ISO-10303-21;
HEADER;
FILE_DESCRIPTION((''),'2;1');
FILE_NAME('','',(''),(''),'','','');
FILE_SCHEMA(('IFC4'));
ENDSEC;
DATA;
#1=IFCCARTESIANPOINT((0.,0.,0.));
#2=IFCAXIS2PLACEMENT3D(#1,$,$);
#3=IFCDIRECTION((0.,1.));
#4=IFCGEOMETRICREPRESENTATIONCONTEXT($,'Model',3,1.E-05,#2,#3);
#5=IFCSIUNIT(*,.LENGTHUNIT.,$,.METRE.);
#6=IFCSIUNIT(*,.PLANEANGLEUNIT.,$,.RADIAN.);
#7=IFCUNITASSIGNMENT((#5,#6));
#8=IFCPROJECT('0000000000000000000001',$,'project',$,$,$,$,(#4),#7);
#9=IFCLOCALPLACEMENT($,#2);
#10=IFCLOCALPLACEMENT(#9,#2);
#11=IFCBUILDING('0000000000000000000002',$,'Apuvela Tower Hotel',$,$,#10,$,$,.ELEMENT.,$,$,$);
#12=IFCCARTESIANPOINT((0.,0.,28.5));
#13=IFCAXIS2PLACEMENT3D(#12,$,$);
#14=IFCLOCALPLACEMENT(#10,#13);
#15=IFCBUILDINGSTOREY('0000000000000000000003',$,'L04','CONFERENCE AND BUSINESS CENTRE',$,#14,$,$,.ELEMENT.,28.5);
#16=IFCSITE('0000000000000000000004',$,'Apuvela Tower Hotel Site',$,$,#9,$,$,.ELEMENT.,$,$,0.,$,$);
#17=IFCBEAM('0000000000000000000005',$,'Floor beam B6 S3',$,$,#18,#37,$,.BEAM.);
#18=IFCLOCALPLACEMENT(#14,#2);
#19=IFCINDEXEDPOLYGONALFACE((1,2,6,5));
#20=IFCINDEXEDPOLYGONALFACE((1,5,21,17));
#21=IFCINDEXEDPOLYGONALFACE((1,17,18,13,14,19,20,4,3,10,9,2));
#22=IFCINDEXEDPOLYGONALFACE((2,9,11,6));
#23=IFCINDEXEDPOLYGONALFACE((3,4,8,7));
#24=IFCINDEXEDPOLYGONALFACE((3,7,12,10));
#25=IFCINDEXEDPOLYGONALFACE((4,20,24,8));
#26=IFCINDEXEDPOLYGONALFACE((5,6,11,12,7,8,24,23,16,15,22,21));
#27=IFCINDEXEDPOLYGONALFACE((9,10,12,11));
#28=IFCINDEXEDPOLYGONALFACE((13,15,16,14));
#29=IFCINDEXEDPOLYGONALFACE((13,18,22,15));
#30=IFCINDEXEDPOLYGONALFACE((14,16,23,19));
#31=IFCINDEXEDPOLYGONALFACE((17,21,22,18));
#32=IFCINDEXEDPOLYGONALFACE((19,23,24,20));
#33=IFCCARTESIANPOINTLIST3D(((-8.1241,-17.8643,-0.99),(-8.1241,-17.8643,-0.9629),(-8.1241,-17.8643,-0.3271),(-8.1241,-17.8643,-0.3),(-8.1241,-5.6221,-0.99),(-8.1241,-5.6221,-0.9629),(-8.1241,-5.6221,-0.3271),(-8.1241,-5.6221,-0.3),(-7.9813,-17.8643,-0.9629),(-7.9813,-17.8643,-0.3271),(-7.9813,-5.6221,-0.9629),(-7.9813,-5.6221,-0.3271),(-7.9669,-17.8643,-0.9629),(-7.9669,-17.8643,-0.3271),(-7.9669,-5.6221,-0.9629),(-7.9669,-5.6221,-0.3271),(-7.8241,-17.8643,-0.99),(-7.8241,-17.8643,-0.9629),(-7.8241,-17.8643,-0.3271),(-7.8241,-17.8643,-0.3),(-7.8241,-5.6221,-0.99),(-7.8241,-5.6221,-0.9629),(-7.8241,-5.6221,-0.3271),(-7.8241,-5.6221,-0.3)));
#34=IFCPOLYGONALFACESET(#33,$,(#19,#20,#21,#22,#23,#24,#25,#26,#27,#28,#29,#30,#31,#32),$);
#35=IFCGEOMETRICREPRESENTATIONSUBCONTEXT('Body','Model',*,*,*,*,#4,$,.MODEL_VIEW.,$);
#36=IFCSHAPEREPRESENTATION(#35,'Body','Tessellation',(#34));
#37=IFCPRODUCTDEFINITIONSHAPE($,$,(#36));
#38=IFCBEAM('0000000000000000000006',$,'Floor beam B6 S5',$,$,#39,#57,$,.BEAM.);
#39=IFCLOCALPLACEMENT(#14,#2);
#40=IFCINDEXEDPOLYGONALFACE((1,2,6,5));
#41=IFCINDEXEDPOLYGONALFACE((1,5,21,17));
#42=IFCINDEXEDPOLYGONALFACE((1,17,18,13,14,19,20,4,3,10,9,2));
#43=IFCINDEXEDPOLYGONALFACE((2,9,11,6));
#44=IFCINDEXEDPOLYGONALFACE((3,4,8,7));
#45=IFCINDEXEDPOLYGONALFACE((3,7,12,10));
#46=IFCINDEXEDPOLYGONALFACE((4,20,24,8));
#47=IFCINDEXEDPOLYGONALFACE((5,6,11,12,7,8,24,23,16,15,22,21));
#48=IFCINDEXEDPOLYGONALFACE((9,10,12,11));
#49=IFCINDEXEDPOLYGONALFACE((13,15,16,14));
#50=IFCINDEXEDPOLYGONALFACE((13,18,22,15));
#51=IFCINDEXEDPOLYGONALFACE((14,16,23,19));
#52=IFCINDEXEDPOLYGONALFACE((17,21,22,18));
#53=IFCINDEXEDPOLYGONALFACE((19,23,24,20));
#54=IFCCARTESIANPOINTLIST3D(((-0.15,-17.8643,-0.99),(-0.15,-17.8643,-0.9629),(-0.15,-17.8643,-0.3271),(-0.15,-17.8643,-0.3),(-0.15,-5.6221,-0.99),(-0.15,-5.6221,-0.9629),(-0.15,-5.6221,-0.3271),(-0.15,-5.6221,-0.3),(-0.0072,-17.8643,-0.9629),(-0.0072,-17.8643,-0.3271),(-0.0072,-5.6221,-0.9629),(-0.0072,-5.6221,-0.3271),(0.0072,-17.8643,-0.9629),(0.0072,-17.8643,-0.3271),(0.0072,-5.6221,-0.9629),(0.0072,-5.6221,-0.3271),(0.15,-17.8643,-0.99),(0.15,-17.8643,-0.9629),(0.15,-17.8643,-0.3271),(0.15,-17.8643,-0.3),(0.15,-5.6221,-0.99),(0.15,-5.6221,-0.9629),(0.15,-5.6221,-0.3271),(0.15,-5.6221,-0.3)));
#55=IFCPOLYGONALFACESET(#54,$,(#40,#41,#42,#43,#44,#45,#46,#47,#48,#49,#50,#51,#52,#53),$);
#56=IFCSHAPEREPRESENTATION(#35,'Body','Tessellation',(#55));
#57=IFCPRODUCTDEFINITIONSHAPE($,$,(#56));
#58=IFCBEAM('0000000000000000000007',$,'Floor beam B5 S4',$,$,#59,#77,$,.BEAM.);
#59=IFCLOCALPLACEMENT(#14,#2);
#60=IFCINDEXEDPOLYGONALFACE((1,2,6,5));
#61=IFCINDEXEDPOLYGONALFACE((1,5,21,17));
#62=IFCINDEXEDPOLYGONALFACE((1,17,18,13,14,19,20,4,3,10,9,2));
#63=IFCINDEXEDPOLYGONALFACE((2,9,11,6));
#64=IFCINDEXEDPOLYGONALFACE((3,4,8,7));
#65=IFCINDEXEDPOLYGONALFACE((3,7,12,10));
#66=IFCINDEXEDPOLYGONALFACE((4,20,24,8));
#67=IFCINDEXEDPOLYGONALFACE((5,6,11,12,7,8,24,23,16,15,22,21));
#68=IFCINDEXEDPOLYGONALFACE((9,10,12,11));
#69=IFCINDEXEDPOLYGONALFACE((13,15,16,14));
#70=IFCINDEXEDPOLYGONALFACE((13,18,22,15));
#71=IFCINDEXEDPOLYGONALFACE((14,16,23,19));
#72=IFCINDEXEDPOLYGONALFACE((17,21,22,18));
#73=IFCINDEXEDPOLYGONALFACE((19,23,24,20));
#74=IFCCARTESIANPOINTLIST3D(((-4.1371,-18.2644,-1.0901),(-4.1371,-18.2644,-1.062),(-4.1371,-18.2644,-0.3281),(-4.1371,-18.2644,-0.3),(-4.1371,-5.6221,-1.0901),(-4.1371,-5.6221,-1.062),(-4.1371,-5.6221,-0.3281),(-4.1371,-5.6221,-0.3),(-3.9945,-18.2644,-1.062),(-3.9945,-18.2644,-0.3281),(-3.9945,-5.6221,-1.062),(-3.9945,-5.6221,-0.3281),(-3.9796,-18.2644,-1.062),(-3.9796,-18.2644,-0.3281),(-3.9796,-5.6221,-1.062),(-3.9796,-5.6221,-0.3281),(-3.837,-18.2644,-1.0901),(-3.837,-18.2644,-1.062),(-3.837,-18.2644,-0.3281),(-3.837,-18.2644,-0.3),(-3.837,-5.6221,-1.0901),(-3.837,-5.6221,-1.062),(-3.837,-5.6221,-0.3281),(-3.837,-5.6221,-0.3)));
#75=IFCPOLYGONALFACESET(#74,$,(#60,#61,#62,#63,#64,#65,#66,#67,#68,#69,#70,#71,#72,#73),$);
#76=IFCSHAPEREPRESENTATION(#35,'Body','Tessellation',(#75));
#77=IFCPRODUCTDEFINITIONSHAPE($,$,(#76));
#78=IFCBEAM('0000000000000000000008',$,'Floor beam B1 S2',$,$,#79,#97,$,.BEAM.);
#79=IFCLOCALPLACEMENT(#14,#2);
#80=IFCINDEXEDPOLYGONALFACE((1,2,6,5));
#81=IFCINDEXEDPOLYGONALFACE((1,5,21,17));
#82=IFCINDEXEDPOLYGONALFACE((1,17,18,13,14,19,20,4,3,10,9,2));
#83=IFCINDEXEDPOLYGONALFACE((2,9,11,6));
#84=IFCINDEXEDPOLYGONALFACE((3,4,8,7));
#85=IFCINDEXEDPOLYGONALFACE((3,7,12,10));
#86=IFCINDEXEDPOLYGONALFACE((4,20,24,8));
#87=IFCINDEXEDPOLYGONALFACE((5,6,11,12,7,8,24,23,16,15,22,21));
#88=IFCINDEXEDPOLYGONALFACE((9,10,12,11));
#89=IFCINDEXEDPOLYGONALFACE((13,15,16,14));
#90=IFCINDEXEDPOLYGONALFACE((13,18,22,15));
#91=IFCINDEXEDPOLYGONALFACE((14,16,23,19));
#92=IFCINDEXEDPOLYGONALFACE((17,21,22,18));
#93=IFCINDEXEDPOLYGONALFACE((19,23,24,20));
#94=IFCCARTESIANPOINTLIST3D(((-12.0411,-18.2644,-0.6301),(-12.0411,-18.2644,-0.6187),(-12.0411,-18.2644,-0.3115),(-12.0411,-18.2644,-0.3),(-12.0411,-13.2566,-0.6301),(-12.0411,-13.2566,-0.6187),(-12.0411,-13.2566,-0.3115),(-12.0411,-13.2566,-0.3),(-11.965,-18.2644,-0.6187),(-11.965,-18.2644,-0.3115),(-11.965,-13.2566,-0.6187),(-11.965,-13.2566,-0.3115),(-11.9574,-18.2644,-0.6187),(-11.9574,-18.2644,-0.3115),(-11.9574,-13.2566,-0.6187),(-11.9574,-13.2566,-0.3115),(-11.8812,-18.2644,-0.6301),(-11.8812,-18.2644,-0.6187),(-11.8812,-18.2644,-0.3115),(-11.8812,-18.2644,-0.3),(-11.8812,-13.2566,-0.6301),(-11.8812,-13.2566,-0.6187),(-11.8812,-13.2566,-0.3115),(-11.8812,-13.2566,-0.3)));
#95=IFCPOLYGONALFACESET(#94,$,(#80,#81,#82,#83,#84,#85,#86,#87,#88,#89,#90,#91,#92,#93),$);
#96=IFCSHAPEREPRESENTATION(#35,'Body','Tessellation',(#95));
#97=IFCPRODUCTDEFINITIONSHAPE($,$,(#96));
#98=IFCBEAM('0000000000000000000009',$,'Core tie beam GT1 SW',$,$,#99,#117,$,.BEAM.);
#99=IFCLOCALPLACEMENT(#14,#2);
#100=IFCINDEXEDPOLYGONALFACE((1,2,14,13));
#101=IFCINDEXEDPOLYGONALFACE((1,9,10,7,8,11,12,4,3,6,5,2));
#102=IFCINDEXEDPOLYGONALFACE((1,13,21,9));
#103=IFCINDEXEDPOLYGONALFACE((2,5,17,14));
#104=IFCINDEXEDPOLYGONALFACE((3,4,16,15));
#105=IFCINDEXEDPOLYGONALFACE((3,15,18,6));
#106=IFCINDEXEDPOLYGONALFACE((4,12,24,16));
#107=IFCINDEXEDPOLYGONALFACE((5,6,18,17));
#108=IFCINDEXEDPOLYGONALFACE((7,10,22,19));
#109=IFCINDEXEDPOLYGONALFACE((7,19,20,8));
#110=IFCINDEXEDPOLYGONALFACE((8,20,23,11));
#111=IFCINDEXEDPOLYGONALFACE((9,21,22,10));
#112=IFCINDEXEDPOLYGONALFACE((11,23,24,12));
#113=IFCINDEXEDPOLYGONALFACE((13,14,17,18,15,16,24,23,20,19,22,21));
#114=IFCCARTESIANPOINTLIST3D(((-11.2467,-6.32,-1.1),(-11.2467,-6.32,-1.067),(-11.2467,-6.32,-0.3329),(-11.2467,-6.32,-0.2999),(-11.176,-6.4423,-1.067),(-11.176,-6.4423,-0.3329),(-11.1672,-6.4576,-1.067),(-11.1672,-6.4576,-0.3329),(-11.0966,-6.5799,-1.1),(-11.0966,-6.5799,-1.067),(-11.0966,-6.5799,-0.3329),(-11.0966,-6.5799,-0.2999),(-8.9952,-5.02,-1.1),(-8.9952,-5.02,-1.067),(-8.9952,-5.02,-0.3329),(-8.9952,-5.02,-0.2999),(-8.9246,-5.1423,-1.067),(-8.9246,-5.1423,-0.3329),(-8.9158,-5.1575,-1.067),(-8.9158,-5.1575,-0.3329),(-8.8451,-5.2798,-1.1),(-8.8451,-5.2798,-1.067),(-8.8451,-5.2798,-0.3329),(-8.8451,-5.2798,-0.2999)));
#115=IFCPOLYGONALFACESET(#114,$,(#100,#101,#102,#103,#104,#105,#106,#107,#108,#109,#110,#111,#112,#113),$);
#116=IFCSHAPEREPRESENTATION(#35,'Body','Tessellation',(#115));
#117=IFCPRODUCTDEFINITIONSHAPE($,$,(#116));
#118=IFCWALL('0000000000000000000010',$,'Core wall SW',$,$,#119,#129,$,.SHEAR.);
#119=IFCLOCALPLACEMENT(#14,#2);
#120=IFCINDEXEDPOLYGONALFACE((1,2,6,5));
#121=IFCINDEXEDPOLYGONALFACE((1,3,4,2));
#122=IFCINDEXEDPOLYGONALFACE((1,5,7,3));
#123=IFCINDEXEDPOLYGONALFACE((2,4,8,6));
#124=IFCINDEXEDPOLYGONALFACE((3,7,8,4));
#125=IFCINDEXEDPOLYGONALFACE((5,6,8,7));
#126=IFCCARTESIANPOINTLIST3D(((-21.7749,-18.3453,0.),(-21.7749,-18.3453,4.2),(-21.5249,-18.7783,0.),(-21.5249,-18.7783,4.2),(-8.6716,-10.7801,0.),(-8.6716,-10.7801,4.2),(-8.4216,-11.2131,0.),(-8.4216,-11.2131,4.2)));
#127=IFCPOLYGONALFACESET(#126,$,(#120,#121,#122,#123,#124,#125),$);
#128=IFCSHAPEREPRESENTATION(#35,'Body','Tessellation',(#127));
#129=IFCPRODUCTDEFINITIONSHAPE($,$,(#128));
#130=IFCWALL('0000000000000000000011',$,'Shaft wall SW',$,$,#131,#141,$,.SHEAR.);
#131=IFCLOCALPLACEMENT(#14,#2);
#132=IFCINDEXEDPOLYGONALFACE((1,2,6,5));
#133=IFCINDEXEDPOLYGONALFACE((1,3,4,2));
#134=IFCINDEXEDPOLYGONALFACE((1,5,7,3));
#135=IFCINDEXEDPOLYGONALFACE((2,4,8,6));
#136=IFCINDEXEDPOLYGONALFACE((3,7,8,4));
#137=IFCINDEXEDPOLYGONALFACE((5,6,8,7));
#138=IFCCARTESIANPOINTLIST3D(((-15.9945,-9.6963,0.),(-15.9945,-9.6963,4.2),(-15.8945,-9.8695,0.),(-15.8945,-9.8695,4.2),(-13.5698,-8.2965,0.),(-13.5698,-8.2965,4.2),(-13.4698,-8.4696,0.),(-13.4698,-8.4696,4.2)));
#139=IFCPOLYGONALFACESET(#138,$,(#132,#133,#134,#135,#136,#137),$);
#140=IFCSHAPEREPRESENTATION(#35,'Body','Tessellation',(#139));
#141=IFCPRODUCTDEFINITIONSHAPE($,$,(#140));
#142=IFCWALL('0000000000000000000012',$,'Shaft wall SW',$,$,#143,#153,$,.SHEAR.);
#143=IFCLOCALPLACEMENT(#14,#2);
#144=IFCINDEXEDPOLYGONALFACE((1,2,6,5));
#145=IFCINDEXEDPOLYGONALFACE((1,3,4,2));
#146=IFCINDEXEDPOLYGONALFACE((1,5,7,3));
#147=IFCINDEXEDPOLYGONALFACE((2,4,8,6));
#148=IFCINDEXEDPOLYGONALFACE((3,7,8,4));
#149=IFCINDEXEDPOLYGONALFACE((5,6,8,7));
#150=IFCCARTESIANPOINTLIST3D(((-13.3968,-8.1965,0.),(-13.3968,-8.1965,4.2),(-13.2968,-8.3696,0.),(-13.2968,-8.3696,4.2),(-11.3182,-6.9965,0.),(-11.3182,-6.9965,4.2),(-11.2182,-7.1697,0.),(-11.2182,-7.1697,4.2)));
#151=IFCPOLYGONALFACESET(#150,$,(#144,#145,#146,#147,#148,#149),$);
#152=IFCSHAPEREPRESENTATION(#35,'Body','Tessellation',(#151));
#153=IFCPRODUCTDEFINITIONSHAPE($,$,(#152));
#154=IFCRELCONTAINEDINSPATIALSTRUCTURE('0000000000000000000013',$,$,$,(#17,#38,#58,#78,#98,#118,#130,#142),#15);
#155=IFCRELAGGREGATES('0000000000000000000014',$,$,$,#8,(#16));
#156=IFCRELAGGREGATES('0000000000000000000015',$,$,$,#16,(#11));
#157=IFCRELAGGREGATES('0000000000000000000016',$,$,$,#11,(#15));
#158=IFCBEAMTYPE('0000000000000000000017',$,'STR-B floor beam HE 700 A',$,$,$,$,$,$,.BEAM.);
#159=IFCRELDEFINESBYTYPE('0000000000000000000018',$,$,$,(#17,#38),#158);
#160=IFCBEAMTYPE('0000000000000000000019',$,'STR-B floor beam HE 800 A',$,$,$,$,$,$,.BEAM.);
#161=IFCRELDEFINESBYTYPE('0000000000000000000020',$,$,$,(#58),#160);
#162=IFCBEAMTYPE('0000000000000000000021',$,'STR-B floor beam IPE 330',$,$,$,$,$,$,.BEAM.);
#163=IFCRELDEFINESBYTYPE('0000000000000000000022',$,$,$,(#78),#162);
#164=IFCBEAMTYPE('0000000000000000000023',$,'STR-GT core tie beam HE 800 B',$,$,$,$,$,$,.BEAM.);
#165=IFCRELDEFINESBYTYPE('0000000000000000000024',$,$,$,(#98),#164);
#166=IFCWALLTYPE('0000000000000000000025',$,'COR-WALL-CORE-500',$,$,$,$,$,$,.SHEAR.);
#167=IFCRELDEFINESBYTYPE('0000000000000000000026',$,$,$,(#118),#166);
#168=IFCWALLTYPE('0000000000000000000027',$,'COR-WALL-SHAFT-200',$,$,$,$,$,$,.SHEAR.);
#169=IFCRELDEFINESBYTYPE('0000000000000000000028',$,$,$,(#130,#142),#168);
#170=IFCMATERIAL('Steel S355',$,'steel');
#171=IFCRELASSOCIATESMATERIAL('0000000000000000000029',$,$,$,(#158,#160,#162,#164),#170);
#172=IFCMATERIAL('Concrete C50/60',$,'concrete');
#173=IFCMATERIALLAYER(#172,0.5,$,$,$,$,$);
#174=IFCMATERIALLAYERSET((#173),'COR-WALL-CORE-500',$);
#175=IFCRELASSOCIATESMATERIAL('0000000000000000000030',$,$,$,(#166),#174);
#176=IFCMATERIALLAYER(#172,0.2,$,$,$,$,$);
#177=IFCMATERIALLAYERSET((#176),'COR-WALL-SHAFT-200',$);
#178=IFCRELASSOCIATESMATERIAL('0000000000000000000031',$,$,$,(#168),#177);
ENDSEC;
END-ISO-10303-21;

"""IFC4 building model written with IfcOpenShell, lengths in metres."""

from ifc_helpers import new_model, si_unit, direction, frame, frame_2d, origin, origin_2d, place, context, subcontext, project, spatial, rectangle, i_section, extrude, material, layer, layer_set, material_profile, profile_set, type_object, element, save


model = new_model("IFC4")

# Units and contexts
model_context = context("Model", 3, precision=1e-05, world=origin(), true_north=direction((0.0, 1.0)))
body_context = subcontext(model_context, "Body", "Model", "MODEL_VIEW")
ifc_project = project(units=[si_unit("LENGTHUNIT", "METRE"), si_unit("PLANEANGLEUNIT", "RADIAN")], contexts=[model_context])

# Site, building, storey
site_placement = place(None, origin())
site = spatial("IfcSite", under=ifc_project, at=site_placement, Name="Apuvela Tower Hotel Site", CompositionType="ELEMENT", RefElevation=0.0)
building_placement = place(site_placement, origin())
building = spatial("IfcBuilding", under=site, at=building_placement, Name="Apuvela Tower Hotel", CompositionType="ELEMENT")
storey_placement = place(building_placement, frame((0.0, 0.0, 28.5)))
storey = spatial("IfcBuildingStorey", under=building, at=storey_placement, Name="L04", Description="CONFERENCE AND BUSINESS CENTRE", CompositionType="ELEMENT", Elevation=28.5)

# Beams
ifc_material_1 = material(Name="Steel S355", Category="steel")
ifc_material_profile_1 = material_profile(ifc_material_1, i_section(OverallWidth=0.3, OverallDepth=0.6899, WebThickness=0.0144, FlangeThickness=0.0271, at=origin_2d()), Name="HE 700 A")
ifc_profile_set_1 = profile_set([ifc_material_profile_1], Name="Steel S355")
beam_type_1 = type_object("IfcBeamType", Name="STR-B floor beam HE 700 A", PredefinedType="BEAM", material=ifc_profile_set_1)
for number, where, z_axis, x_axis, name in (
    (1, (-7.9741, -17.8643, -0.645), (0.0, 1.0, 0.0), (-1.0, 0.0, 0.0), "Floor beam B6 S3"),
    (2, (0.0, -17.8643, -0.645), (0.0, 1.0, 0.0), (-1.0, 0.0, 0.0), "Floor beam B6 S5"),
):
    element("IfcBeam", number, at=place(storey_placement, frame(where, z_axis=z_axis, x_axis=x_axis)), inside=storey, type_object=beam_type_1, Name=name, PredefinedType="BEAM", context=body_context, shape_type="SweptSolid", body=[
        extrude(i_section(OverallWidth=0.3, OverallDepth=0.6899, WebThickness=0.0144, FlangeThickness=0.0271, at=origin_2d()), origin(), (0.0, 0.0, 1.0), 12.2422),
    ])
ifc_material_profile_2 = material_profile(ifc_material_1, i_section(OverallWidth=0.3, OverallDepth=0.79, WebThickness=0.0149, FlangeThickness=0.0281, at=origin_2d()), Name="HE 800 A")
ifc_profile_set_2 = profile_set([ifc_material_profile_2], Name="Steel S355")
beam_type_2 = type_object("IfcBeamType", Name="STR-B floor beam HE 800 A", PredefinedType="BEAM", material=ifc_profile_set_2)
beam_1_placement = place(storey_placement, frame((-3.9871, -18.2644, -0.6951), z_axis=(0.0, 1.0, 0.0), x_axis=(-1.0, 0.0, 0.0)))
element("IfcBeam", 3, at=beam_1_placement, inside=storey, type_object=beam_type_2, Name="Floor beam B5 S4", PredefinedType="BEAM", context=body_context, shape_type="SweptSolid", body=[
    extrude(i_section(OverallWidth=0.3, OverallDepth=0.79, WebThickness=0.0149, FlangeThickness=0.0281, at=origin_2d()), origin(), (0.0, 0.0, 1.0), 12.6423),
])
ifc_material_profile_3 = material_profile(ifc_material_1, i_section(OverallWidth=0.1599, OverallDepth=0.3301, WebThickness=0.0076, FlangeThickness=0.0115, at=origin_2d()), Name="IPE 330")
ifc_profile_set_3 = profile_set([ifc_material_profile_3], Name="Steel S355")
beam_type_3 = type_object("IfcBeamType", Name="STR-B floor beam IPE 330", PredefinedType="BEAM", material=ifc_profile_set_3)
beam_2_placement = place(storey_placement, frame((-11.9612, -18.2644, -0.4651), z_axis=(0.0, 1.0, 0.0), x_axis=(-1.0, 0.0, 0.0)))
element("IfcBeam", 4, at=beam_2_placement, inside=storey, type_object=beam_type_3, Name="Floor beam B1 S2", PredefinedType="BEAM", context=body_context, shape_type="SweptSolid", body=[
    extrude(i_section(OverallWidth=0.1599, OverallDepth=0.3301, WebThickness=0.0076, FlangeThickness=0.0115, at=origin_2d()), origin(), (0.0, 0.0, 1.0), 5.0078),
])
ifc_material_profile_4 = material_profile(ifc_material_1, i_section(OverallWidth=0.3, OverallDepth=0.8, WebThickness=0.0176, FlangeThickness=0.033, at=origin_2d()), Name="HE 800 B")
ifc_profile_set_4 = profile_set([ifc_material_profile_4], Name="Steel S355")
beam_type_4 = type_object("IfcBeamType", Name="STR-GT core tie beam HE 800 B", PredefinedType="BEAM", material=ifc_profile_set_4)
beam_3_placement = place(storey_placement, frame((-11.1716, -6.45, -0.7), z_axis=(0.865998, 0.500048, 0.0), x_axis=(-0.500048, 0.865998, 0.0)))
element("IfcBeam", 5, at=beam_3_placement, inside=storey, type_object=beam_type_4, Name="Core tie beam GT1 SW", PredefinedType="BEAM", context=body_context, shape_type="SweptSolid", body=[
    extrude(i_section(OverallWidth=0.3, OverallDepth=0.8, WebThickness=0.0176, FlangeThickness=0.033, at=origin_2d()), origin(), (0.0, 0.0, 1.0), 2.5999),
])

# Walls
ifc_material_2 = material(Name="Concrete C50/60", Category="concrete")
ifc_layer_1 = layer(ifc_material_2, 0.5)
ifc_layer_set_1 = layer_set([ifc_layer_1], Name="COR-WALL-CORE-500")
wall_type_1 = type_object("IfcWallType", Name="COR-WALL-CORE-500", PredefinedType="SHEAR", material=ifc_layer_set_1)
wall_1_placement = place(storey_placement, frame((-8.5466, -10.9966, 0.0), z_axis=(0.0, 0.0, 1.0), x_axis=(-0.866025, -0.5, 0.0)))
element("IfcWall", 6, at=wall_1_placement, inside=storey, type_object=wall_type_1, Name="Core wall SW", PredefinedType="SHEAR", context=body_context, shape_type="SweptSolid", body=[
    extrude(rectangle(XDim=15.1304, YDim=0.5, at=frame_2d((7.5652, 0.0))), origin(), (0.0, 0.0, 1.0), 4.2),
])
ifc_layer_2 = layer(ifc_material_2, 0.2)
ifc_layer_set_2 = layer_set([ifc_layer_2], Name="COR-WALL-SHAFT-200")
wall_type_2 = type_object("IfcWallType", Name="COR-WALL-SHAFT-200", PredefinedType="SHEAR", material=ifc_layer_set_2)
wall_2_placement = place(storey_placement, frame((-13.5198, -8.3831, 0.0), z_axis=(0.0, 0.0, 1.0), x_axis=(-0.866035, -0.499984, 0.0)))
element("IfcWall", 7, at=wall_2_placement, inside=storey, type_object=wall_type_2, Name="Shaft wall SW", PredefinedType="SHEAR", context=body_context, shape_type="SweptSolid", body=[
    extrude(rectangle(XDim=2.7998, YDim=0.2, at=frame_2d((1.3999, 0.0))), origin(), (0.0, 0.0, 1.0), 4.2),
])
wall_3_placement = place(storey_placement, frame((-11.2681, -7.083, 0.0), z_axis=(0.0, 0.0, 1.0), x_axis=(-0.86605, -0.499957, 0.0)))
element("IfcWall", 8, at=wall_3_placement, inside=storey, type_object=wall_type_2, Name="Shaft wall SW", PredefinedType="SHEAR", context=body_context, shape_type="SweptSolid", body=[
    extrude(rectangle(XDim=2.4001, YDim=0.2, at=frame_2d((1.2002, 0.0))), origin(), (0.0, 0.0, 1.0), 4.2),
])

save(model, "model.ifc")
